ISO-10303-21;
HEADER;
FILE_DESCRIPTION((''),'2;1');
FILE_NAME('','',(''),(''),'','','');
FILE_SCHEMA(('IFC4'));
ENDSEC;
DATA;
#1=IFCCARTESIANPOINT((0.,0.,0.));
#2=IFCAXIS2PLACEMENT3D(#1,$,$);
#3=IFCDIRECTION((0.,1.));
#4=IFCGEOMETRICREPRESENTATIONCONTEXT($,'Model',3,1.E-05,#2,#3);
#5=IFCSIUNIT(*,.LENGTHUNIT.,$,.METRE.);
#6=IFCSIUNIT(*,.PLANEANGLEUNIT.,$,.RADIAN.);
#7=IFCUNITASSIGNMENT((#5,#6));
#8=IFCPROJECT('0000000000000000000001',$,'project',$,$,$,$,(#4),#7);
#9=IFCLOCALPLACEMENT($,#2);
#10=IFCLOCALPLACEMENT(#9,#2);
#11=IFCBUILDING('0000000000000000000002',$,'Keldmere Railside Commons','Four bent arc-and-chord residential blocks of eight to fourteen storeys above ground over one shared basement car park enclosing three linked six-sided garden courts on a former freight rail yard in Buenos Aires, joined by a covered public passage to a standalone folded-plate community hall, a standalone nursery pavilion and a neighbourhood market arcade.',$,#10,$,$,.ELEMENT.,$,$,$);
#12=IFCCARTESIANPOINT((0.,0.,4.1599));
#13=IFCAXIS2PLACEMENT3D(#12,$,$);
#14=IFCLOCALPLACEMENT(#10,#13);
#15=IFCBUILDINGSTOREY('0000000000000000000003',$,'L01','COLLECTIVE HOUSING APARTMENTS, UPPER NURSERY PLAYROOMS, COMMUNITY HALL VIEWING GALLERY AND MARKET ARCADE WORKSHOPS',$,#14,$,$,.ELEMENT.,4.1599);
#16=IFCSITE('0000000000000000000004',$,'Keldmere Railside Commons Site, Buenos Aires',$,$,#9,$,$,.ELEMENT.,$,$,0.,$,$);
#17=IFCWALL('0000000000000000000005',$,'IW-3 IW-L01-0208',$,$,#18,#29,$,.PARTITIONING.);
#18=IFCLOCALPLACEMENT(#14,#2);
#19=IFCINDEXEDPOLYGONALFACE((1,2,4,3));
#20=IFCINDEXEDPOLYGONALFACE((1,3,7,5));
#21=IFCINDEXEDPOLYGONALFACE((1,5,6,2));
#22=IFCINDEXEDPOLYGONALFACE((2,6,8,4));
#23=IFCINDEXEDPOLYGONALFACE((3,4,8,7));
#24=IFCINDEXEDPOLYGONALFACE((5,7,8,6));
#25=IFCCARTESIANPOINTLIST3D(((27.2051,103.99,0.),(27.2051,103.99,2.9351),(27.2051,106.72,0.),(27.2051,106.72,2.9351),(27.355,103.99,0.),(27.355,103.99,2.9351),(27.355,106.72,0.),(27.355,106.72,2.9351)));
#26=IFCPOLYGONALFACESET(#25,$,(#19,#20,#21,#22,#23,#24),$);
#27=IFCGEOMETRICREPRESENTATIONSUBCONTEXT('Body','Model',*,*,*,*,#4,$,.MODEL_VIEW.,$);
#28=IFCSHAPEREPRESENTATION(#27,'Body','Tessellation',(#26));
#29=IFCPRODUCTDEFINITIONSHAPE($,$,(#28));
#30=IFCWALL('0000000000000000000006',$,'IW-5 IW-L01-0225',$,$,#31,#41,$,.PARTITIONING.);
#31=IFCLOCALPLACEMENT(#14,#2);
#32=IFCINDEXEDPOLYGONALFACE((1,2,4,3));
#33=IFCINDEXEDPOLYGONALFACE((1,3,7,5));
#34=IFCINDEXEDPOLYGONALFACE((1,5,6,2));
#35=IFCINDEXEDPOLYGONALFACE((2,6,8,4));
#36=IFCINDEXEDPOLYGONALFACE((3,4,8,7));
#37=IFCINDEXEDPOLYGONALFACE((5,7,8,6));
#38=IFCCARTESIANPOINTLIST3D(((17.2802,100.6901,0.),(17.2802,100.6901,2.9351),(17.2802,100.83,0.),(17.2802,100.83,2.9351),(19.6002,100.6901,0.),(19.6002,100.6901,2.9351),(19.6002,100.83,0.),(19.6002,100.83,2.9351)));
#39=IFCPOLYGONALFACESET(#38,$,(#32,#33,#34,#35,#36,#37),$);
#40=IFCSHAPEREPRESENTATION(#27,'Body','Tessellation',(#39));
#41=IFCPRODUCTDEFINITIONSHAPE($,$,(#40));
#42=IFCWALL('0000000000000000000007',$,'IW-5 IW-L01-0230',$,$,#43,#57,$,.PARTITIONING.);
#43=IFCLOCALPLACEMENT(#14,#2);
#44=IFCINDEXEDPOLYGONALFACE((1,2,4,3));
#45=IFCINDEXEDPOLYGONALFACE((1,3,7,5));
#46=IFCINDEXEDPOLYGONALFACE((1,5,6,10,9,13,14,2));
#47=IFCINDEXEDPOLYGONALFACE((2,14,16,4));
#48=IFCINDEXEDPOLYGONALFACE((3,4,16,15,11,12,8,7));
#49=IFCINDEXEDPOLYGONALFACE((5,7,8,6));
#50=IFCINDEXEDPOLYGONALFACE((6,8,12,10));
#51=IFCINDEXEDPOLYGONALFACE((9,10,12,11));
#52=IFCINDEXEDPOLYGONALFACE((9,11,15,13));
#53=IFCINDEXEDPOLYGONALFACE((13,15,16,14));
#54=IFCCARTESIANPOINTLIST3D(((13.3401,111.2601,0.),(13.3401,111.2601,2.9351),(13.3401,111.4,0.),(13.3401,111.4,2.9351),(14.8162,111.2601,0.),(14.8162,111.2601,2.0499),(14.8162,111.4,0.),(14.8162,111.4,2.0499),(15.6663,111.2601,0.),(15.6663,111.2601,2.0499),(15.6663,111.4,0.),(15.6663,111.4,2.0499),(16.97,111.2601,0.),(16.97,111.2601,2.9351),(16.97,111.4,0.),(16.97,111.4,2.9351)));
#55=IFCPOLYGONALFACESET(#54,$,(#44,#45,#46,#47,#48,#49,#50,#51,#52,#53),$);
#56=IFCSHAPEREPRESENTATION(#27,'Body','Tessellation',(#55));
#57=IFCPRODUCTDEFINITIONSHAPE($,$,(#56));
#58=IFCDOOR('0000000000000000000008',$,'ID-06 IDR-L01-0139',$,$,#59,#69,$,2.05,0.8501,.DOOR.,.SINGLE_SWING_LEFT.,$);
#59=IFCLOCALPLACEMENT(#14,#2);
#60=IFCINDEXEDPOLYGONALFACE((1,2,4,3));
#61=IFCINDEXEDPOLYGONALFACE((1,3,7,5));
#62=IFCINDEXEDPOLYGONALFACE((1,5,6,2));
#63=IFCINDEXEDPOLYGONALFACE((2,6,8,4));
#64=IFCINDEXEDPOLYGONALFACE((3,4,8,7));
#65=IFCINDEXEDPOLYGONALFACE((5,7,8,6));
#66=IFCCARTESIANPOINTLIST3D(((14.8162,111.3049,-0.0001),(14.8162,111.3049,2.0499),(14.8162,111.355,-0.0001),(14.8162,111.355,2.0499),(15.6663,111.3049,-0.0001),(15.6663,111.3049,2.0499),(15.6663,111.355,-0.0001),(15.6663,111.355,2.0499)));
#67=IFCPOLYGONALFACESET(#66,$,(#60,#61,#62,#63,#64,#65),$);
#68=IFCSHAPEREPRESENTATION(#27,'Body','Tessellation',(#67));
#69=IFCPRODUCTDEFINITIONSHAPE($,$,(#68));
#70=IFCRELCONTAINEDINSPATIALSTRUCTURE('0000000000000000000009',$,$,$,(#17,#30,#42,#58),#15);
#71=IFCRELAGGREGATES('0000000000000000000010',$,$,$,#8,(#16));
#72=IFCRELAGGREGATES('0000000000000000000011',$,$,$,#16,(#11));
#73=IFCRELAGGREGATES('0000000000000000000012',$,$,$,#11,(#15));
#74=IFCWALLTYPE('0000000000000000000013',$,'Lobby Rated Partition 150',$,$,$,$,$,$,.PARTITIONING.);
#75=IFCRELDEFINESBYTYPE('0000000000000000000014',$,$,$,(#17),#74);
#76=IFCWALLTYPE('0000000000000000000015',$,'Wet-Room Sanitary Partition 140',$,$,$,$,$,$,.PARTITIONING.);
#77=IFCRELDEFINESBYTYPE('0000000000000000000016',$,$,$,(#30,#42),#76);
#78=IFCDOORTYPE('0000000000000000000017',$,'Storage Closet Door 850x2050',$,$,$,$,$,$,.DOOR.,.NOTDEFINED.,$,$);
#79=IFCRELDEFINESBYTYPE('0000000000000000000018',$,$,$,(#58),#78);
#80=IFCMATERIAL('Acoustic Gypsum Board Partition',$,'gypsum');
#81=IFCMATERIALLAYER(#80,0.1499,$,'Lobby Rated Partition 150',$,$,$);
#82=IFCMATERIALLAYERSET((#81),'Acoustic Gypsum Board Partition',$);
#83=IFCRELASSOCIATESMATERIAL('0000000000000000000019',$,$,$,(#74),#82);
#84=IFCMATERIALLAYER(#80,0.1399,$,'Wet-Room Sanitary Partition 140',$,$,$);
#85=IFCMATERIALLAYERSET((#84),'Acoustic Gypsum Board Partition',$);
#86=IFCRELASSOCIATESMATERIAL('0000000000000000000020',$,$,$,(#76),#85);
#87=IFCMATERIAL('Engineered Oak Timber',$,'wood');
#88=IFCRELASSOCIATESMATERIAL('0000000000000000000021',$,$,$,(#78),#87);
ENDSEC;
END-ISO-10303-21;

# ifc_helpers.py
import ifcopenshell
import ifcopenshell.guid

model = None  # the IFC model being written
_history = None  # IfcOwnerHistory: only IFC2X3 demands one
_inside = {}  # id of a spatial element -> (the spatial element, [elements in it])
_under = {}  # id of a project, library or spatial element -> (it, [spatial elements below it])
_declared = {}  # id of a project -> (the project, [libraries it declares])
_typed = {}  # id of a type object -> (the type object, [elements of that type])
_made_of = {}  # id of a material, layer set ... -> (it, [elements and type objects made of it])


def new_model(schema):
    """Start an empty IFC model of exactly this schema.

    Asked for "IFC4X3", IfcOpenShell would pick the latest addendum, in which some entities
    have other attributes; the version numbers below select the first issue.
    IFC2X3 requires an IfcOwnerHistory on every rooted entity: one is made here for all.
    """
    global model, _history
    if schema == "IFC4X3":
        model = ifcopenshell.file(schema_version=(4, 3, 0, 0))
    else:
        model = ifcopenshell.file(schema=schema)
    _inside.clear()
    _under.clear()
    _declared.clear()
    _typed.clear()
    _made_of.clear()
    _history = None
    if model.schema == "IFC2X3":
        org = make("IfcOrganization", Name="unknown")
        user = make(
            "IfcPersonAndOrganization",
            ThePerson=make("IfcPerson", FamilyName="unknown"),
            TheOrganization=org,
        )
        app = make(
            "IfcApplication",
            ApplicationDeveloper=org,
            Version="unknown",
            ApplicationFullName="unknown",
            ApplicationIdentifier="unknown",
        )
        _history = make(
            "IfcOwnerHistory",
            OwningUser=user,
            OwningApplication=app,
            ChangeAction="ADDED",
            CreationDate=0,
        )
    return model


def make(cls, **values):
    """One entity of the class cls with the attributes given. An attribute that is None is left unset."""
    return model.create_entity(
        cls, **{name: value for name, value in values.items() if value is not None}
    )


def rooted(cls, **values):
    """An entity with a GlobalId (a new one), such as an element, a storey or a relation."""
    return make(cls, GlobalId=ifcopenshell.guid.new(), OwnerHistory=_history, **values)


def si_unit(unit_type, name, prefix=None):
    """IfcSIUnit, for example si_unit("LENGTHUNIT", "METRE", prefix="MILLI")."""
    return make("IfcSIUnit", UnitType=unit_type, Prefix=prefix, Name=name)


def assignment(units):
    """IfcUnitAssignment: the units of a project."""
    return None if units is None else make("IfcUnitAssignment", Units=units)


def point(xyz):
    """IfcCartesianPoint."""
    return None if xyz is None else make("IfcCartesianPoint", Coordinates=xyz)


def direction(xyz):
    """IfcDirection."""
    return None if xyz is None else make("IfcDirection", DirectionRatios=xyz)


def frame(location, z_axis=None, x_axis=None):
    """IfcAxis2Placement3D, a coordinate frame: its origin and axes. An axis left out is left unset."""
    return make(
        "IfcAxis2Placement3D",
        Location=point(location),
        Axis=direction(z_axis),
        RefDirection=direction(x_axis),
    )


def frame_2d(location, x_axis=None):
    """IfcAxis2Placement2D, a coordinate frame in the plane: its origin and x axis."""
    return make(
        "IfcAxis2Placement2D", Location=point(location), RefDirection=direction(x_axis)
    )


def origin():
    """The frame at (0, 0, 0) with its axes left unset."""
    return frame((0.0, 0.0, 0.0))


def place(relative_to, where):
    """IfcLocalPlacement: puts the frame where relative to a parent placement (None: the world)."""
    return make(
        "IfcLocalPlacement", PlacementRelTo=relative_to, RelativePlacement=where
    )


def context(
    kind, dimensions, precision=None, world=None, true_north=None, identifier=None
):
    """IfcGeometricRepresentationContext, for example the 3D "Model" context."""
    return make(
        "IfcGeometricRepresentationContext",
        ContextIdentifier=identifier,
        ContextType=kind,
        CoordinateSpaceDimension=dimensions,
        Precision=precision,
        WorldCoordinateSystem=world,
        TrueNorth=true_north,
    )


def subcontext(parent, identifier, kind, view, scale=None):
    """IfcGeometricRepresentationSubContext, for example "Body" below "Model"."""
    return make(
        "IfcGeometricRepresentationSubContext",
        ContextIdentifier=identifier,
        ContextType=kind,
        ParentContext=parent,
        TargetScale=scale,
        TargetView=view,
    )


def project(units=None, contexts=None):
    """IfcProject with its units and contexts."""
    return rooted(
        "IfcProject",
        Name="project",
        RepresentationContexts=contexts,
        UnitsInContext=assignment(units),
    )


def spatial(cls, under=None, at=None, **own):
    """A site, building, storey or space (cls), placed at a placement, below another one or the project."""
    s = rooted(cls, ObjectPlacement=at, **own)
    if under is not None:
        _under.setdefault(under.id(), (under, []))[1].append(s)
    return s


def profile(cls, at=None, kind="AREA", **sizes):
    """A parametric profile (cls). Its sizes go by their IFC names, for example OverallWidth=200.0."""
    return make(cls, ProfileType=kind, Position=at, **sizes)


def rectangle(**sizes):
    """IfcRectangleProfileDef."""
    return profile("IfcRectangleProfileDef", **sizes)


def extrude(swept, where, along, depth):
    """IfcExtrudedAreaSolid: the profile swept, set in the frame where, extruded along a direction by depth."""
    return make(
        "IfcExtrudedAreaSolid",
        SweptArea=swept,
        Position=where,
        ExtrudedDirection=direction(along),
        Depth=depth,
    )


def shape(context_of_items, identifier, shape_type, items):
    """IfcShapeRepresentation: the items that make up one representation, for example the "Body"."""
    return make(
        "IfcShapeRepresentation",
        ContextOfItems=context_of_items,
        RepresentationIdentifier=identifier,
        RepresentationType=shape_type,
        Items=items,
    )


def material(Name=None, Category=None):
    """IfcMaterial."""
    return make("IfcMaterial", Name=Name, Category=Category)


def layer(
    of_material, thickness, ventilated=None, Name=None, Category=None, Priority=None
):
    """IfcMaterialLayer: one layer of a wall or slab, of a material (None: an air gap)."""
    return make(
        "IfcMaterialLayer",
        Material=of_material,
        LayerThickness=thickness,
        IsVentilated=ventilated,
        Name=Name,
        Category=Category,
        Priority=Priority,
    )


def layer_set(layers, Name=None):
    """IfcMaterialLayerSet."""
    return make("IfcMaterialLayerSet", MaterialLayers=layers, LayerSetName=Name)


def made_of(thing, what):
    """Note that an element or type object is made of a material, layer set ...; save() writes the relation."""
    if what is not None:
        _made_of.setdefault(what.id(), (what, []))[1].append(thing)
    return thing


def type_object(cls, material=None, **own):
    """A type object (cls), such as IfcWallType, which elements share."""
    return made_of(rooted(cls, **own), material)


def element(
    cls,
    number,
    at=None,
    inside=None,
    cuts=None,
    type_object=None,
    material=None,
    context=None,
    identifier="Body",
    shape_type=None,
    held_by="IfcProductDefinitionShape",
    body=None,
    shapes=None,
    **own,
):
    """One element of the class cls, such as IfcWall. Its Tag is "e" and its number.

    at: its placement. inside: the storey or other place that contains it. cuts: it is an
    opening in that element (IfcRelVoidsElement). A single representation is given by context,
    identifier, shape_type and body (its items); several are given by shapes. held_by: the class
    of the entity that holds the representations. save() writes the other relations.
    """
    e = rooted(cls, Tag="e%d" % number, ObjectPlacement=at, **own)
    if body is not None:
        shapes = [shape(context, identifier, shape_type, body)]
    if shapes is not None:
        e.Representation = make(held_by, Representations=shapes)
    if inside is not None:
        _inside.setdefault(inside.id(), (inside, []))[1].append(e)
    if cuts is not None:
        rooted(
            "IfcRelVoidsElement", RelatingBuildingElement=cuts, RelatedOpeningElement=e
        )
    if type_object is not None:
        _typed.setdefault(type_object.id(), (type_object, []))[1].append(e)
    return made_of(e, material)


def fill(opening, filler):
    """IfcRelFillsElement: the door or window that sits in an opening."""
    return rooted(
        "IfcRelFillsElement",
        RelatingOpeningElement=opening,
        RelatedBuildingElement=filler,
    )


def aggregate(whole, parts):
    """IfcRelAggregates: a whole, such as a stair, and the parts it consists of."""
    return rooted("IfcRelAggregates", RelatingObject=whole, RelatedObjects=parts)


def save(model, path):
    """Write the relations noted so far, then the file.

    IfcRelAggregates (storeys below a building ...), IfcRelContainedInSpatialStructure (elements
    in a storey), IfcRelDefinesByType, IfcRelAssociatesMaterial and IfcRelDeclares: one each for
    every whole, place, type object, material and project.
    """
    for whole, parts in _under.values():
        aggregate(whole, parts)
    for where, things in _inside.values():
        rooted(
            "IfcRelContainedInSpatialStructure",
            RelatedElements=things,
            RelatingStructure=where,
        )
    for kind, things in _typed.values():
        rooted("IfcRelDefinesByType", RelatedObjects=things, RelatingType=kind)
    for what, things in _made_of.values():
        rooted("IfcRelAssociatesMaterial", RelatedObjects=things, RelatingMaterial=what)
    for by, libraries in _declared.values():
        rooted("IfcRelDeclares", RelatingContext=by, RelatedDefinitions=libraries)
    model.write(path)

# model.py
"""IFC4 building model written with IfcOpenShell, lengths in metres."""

from ifc_helpers import new_model, si_unit, direction, frame, frame_2d, origin, place, context, subcontext, project, spatial, rectangle, extrude, material, layer, layer_set, type_object, element, fill, save


model = new_model("IFC4")

# Units and contexts
model_context = context("Model", 3, precision=1e-05, world=origin(), true_north=direction((0.0, 1.0)))
body_context = subcontext(model_context, "Body", "Model", "MODEL_VIEW")
ifc_project = project(units=[si_unit("LENGTHUNIT", "METRE"), si_unit("PLANEANGLEUNIT", "RADIAN")], contexts=[model_context])

# Site, building, storey
site_placement = place(None, origin())
site = spatial("IfcSite", under=ifc_project, at=site_placement, Name="Keldmere Railside Commons Site, Buenos Aires", CompositionType="ELEMENT", RefElevation=0.0)
building_placement = place(site_placement, origin())
building = spatial("IfcBuilding", under=site, at=building_placement, Name="Keldmere Railside Commons", Description="Four bent arc-and-chord residential blocks of eight to fourteen storeys above ground over one shared basement car park enclosing three linked six-sided garden courts on a former freight rail yard in Buenos Aires, joined by a covered public passage to a standalone folded-plate community hall, a standalone nursery pavilion and a neighbourhood market arcade.", CompositionType="ELEMENT")
storey_placement = place(building_placement, frame((0.0, 0.0, 4.1599)))
storey = spatial("IfcBuildingStorey", under=building, at=storey_placement, Name="L01", Description="COLLECTIVE HOUSING APARTMENTS, UPPER NURSERY PLAYROOMS, COMMUNITY HALL VIEWING GALLERY AND MARKET ARCADE WORKSHOPS", CompositionType="ELEMENT", Elevation=4.1599)

# Shared definitions
ifc_material_1 = material(Name="Acoustic Gypsum Board Partition", Category="gypsum")

# Shared definitions
ifc_material_2 = material(Name="Engineered Oak Timber", Category="wood")

# Walls
ifc_layer_1 = layer(ifc_material_1, 0.1499, Name="Lobby Rated Partition 150")
ifc_layer_set_1 = layer_set([ifc_layer_1], Name="Acoustic Gypsum Board Partition")
wall_type_1 = type_object("IfcWallType", Name="Lobby Rated Partition 150", PredefinedType="PARTITIONING", material=ifc_layer_set_1)
wall_1_placement = place(storey_placement, frame((27.28, 103.99, 0.0), z_axis=(0.0, 0.0, 1.0), x_axis=(0.0, 1.0, 0.0)))
element("IfcWall", 1, at=wall_1_placement, inside=storey, type_object=wall_type_1, Name="IW-3 IW-L01-0208", PredefinedType="PARTITIONING", context=body_context, shape_type="SweptSolid", body=[
    extrude(rectangle(XDim=2.73, YDim=0.1499, at=frame_2d((1.365, 0.0))), origin(), (0.0, 0.0, 1.0), 2.9351),
])
ifc_layer_2 = layer(ifc_material_1, 0.1399, Name="Wet-Room Sanitary Partition 140")
ifc_layer_set_2 = layer_set([ifc_layer_2], Name="Acoustic Gypsum Board Partition")
wall_type_2 = type_object("IfcWallType", Name="Wet-Room Sanitary Partition 140", PredefinedType="PARTITIONING", material=ifc_layer_set_2)
wall_2_placement = place(storey_placement, frame((17.28, 100.76, 0.0), z_axis=(0.0, 0.0, 1.0), x_axis=(1.0, 0.0, 0.0)))
element("IfcWall", 2, at=wall_2_placement, inside=storey, type_object=wall_type_2, Name="IW-5 IW-L01-0225", PredefinedType="PARTITIONING", context=body_context, shape_type="SweptSolid", body=[
    extrude(rectangle(XDim=2.3201, YDim=0.1399, at=frame_2d((1.1602, 0.0))), origin(), (0.0, 0.0, 1.0), 2.9351),
])

# Wall, opening, door
wall_3_placement = place(storey_placement, frame((13.3401, 111.3301, 0.0), z_axis=(0.0, 0.0, 1.0), x_axis=(1.0, 0.0, 0.0)))
wall_3 = element("IfcWall", 3, at=wall_3_placement, inside=storey, type_object=wall_type_2, Name="IW-5 IW-L01-0230", PredefinedType="PARTITIONING", context=body_context, shape_type="SweptSolid", body=[
    extrude(rectangle(XDim=3.6299, YDim=0.1399, at=frame_2d((1.8149, 0.0))), origin(), (0.0, 0.0, 1.0), 2.9351),
])
opening_1_placement = place(wall_3_placement, frame((1.4761, 0.0, 0.0)))
opening_1 = element("IfcOpeningElement", 4, at=opening_1_placement, cuts=wall_3, PredefinedType="OPENING", context=body_context, shape_type="SweptSolid", body=[
    extrude(rectangle(XDim=0.8501, YDim=2.05, at=frame_2d((0.425, 1.0249))), frame((0.0, 0.0798, 0.0), z_axis=(0.0, -1.0, 0.0), x_axis=(1.0, 0.0, 0.0)), (0.0, 0.0, 1.0), 0.1599),
])
door_type_1 = type_object("IfcDoorType", Name="Storage Closet Door 850x2050", OperationType="NOTDEFINED", PredefinedType="DOOR", material=ifc_material_2)
door_1_placement = place(opening_1_placement, origin())
door_1 = element("IfcDoor", 5, at=door_1_placement, inside=storey, type_object=door_type_1, Name="ID-06 IDR-L01-0139", OperationType="SINGLE_SWING_LEFT", OverallHeight=2.05, OverallWidth=0.8501, PredefinedType="DOOR", context=body_context, shape_type="SweptSolid", body=[
    extrude(rectangle(XDim=0.8501, YDim=2.05, at=frame_2d((0.425, 1.0249))), frame((0.0, 0.0249, 0.0), z_axis=(0.0, -1.0, 0.0), x_axis=(1.0, 0.0, 0.0)), (0.0, 0.0, 1.0), 0.05),
])
fill(opening_1, door_1)

save(model, "model.ifc")
